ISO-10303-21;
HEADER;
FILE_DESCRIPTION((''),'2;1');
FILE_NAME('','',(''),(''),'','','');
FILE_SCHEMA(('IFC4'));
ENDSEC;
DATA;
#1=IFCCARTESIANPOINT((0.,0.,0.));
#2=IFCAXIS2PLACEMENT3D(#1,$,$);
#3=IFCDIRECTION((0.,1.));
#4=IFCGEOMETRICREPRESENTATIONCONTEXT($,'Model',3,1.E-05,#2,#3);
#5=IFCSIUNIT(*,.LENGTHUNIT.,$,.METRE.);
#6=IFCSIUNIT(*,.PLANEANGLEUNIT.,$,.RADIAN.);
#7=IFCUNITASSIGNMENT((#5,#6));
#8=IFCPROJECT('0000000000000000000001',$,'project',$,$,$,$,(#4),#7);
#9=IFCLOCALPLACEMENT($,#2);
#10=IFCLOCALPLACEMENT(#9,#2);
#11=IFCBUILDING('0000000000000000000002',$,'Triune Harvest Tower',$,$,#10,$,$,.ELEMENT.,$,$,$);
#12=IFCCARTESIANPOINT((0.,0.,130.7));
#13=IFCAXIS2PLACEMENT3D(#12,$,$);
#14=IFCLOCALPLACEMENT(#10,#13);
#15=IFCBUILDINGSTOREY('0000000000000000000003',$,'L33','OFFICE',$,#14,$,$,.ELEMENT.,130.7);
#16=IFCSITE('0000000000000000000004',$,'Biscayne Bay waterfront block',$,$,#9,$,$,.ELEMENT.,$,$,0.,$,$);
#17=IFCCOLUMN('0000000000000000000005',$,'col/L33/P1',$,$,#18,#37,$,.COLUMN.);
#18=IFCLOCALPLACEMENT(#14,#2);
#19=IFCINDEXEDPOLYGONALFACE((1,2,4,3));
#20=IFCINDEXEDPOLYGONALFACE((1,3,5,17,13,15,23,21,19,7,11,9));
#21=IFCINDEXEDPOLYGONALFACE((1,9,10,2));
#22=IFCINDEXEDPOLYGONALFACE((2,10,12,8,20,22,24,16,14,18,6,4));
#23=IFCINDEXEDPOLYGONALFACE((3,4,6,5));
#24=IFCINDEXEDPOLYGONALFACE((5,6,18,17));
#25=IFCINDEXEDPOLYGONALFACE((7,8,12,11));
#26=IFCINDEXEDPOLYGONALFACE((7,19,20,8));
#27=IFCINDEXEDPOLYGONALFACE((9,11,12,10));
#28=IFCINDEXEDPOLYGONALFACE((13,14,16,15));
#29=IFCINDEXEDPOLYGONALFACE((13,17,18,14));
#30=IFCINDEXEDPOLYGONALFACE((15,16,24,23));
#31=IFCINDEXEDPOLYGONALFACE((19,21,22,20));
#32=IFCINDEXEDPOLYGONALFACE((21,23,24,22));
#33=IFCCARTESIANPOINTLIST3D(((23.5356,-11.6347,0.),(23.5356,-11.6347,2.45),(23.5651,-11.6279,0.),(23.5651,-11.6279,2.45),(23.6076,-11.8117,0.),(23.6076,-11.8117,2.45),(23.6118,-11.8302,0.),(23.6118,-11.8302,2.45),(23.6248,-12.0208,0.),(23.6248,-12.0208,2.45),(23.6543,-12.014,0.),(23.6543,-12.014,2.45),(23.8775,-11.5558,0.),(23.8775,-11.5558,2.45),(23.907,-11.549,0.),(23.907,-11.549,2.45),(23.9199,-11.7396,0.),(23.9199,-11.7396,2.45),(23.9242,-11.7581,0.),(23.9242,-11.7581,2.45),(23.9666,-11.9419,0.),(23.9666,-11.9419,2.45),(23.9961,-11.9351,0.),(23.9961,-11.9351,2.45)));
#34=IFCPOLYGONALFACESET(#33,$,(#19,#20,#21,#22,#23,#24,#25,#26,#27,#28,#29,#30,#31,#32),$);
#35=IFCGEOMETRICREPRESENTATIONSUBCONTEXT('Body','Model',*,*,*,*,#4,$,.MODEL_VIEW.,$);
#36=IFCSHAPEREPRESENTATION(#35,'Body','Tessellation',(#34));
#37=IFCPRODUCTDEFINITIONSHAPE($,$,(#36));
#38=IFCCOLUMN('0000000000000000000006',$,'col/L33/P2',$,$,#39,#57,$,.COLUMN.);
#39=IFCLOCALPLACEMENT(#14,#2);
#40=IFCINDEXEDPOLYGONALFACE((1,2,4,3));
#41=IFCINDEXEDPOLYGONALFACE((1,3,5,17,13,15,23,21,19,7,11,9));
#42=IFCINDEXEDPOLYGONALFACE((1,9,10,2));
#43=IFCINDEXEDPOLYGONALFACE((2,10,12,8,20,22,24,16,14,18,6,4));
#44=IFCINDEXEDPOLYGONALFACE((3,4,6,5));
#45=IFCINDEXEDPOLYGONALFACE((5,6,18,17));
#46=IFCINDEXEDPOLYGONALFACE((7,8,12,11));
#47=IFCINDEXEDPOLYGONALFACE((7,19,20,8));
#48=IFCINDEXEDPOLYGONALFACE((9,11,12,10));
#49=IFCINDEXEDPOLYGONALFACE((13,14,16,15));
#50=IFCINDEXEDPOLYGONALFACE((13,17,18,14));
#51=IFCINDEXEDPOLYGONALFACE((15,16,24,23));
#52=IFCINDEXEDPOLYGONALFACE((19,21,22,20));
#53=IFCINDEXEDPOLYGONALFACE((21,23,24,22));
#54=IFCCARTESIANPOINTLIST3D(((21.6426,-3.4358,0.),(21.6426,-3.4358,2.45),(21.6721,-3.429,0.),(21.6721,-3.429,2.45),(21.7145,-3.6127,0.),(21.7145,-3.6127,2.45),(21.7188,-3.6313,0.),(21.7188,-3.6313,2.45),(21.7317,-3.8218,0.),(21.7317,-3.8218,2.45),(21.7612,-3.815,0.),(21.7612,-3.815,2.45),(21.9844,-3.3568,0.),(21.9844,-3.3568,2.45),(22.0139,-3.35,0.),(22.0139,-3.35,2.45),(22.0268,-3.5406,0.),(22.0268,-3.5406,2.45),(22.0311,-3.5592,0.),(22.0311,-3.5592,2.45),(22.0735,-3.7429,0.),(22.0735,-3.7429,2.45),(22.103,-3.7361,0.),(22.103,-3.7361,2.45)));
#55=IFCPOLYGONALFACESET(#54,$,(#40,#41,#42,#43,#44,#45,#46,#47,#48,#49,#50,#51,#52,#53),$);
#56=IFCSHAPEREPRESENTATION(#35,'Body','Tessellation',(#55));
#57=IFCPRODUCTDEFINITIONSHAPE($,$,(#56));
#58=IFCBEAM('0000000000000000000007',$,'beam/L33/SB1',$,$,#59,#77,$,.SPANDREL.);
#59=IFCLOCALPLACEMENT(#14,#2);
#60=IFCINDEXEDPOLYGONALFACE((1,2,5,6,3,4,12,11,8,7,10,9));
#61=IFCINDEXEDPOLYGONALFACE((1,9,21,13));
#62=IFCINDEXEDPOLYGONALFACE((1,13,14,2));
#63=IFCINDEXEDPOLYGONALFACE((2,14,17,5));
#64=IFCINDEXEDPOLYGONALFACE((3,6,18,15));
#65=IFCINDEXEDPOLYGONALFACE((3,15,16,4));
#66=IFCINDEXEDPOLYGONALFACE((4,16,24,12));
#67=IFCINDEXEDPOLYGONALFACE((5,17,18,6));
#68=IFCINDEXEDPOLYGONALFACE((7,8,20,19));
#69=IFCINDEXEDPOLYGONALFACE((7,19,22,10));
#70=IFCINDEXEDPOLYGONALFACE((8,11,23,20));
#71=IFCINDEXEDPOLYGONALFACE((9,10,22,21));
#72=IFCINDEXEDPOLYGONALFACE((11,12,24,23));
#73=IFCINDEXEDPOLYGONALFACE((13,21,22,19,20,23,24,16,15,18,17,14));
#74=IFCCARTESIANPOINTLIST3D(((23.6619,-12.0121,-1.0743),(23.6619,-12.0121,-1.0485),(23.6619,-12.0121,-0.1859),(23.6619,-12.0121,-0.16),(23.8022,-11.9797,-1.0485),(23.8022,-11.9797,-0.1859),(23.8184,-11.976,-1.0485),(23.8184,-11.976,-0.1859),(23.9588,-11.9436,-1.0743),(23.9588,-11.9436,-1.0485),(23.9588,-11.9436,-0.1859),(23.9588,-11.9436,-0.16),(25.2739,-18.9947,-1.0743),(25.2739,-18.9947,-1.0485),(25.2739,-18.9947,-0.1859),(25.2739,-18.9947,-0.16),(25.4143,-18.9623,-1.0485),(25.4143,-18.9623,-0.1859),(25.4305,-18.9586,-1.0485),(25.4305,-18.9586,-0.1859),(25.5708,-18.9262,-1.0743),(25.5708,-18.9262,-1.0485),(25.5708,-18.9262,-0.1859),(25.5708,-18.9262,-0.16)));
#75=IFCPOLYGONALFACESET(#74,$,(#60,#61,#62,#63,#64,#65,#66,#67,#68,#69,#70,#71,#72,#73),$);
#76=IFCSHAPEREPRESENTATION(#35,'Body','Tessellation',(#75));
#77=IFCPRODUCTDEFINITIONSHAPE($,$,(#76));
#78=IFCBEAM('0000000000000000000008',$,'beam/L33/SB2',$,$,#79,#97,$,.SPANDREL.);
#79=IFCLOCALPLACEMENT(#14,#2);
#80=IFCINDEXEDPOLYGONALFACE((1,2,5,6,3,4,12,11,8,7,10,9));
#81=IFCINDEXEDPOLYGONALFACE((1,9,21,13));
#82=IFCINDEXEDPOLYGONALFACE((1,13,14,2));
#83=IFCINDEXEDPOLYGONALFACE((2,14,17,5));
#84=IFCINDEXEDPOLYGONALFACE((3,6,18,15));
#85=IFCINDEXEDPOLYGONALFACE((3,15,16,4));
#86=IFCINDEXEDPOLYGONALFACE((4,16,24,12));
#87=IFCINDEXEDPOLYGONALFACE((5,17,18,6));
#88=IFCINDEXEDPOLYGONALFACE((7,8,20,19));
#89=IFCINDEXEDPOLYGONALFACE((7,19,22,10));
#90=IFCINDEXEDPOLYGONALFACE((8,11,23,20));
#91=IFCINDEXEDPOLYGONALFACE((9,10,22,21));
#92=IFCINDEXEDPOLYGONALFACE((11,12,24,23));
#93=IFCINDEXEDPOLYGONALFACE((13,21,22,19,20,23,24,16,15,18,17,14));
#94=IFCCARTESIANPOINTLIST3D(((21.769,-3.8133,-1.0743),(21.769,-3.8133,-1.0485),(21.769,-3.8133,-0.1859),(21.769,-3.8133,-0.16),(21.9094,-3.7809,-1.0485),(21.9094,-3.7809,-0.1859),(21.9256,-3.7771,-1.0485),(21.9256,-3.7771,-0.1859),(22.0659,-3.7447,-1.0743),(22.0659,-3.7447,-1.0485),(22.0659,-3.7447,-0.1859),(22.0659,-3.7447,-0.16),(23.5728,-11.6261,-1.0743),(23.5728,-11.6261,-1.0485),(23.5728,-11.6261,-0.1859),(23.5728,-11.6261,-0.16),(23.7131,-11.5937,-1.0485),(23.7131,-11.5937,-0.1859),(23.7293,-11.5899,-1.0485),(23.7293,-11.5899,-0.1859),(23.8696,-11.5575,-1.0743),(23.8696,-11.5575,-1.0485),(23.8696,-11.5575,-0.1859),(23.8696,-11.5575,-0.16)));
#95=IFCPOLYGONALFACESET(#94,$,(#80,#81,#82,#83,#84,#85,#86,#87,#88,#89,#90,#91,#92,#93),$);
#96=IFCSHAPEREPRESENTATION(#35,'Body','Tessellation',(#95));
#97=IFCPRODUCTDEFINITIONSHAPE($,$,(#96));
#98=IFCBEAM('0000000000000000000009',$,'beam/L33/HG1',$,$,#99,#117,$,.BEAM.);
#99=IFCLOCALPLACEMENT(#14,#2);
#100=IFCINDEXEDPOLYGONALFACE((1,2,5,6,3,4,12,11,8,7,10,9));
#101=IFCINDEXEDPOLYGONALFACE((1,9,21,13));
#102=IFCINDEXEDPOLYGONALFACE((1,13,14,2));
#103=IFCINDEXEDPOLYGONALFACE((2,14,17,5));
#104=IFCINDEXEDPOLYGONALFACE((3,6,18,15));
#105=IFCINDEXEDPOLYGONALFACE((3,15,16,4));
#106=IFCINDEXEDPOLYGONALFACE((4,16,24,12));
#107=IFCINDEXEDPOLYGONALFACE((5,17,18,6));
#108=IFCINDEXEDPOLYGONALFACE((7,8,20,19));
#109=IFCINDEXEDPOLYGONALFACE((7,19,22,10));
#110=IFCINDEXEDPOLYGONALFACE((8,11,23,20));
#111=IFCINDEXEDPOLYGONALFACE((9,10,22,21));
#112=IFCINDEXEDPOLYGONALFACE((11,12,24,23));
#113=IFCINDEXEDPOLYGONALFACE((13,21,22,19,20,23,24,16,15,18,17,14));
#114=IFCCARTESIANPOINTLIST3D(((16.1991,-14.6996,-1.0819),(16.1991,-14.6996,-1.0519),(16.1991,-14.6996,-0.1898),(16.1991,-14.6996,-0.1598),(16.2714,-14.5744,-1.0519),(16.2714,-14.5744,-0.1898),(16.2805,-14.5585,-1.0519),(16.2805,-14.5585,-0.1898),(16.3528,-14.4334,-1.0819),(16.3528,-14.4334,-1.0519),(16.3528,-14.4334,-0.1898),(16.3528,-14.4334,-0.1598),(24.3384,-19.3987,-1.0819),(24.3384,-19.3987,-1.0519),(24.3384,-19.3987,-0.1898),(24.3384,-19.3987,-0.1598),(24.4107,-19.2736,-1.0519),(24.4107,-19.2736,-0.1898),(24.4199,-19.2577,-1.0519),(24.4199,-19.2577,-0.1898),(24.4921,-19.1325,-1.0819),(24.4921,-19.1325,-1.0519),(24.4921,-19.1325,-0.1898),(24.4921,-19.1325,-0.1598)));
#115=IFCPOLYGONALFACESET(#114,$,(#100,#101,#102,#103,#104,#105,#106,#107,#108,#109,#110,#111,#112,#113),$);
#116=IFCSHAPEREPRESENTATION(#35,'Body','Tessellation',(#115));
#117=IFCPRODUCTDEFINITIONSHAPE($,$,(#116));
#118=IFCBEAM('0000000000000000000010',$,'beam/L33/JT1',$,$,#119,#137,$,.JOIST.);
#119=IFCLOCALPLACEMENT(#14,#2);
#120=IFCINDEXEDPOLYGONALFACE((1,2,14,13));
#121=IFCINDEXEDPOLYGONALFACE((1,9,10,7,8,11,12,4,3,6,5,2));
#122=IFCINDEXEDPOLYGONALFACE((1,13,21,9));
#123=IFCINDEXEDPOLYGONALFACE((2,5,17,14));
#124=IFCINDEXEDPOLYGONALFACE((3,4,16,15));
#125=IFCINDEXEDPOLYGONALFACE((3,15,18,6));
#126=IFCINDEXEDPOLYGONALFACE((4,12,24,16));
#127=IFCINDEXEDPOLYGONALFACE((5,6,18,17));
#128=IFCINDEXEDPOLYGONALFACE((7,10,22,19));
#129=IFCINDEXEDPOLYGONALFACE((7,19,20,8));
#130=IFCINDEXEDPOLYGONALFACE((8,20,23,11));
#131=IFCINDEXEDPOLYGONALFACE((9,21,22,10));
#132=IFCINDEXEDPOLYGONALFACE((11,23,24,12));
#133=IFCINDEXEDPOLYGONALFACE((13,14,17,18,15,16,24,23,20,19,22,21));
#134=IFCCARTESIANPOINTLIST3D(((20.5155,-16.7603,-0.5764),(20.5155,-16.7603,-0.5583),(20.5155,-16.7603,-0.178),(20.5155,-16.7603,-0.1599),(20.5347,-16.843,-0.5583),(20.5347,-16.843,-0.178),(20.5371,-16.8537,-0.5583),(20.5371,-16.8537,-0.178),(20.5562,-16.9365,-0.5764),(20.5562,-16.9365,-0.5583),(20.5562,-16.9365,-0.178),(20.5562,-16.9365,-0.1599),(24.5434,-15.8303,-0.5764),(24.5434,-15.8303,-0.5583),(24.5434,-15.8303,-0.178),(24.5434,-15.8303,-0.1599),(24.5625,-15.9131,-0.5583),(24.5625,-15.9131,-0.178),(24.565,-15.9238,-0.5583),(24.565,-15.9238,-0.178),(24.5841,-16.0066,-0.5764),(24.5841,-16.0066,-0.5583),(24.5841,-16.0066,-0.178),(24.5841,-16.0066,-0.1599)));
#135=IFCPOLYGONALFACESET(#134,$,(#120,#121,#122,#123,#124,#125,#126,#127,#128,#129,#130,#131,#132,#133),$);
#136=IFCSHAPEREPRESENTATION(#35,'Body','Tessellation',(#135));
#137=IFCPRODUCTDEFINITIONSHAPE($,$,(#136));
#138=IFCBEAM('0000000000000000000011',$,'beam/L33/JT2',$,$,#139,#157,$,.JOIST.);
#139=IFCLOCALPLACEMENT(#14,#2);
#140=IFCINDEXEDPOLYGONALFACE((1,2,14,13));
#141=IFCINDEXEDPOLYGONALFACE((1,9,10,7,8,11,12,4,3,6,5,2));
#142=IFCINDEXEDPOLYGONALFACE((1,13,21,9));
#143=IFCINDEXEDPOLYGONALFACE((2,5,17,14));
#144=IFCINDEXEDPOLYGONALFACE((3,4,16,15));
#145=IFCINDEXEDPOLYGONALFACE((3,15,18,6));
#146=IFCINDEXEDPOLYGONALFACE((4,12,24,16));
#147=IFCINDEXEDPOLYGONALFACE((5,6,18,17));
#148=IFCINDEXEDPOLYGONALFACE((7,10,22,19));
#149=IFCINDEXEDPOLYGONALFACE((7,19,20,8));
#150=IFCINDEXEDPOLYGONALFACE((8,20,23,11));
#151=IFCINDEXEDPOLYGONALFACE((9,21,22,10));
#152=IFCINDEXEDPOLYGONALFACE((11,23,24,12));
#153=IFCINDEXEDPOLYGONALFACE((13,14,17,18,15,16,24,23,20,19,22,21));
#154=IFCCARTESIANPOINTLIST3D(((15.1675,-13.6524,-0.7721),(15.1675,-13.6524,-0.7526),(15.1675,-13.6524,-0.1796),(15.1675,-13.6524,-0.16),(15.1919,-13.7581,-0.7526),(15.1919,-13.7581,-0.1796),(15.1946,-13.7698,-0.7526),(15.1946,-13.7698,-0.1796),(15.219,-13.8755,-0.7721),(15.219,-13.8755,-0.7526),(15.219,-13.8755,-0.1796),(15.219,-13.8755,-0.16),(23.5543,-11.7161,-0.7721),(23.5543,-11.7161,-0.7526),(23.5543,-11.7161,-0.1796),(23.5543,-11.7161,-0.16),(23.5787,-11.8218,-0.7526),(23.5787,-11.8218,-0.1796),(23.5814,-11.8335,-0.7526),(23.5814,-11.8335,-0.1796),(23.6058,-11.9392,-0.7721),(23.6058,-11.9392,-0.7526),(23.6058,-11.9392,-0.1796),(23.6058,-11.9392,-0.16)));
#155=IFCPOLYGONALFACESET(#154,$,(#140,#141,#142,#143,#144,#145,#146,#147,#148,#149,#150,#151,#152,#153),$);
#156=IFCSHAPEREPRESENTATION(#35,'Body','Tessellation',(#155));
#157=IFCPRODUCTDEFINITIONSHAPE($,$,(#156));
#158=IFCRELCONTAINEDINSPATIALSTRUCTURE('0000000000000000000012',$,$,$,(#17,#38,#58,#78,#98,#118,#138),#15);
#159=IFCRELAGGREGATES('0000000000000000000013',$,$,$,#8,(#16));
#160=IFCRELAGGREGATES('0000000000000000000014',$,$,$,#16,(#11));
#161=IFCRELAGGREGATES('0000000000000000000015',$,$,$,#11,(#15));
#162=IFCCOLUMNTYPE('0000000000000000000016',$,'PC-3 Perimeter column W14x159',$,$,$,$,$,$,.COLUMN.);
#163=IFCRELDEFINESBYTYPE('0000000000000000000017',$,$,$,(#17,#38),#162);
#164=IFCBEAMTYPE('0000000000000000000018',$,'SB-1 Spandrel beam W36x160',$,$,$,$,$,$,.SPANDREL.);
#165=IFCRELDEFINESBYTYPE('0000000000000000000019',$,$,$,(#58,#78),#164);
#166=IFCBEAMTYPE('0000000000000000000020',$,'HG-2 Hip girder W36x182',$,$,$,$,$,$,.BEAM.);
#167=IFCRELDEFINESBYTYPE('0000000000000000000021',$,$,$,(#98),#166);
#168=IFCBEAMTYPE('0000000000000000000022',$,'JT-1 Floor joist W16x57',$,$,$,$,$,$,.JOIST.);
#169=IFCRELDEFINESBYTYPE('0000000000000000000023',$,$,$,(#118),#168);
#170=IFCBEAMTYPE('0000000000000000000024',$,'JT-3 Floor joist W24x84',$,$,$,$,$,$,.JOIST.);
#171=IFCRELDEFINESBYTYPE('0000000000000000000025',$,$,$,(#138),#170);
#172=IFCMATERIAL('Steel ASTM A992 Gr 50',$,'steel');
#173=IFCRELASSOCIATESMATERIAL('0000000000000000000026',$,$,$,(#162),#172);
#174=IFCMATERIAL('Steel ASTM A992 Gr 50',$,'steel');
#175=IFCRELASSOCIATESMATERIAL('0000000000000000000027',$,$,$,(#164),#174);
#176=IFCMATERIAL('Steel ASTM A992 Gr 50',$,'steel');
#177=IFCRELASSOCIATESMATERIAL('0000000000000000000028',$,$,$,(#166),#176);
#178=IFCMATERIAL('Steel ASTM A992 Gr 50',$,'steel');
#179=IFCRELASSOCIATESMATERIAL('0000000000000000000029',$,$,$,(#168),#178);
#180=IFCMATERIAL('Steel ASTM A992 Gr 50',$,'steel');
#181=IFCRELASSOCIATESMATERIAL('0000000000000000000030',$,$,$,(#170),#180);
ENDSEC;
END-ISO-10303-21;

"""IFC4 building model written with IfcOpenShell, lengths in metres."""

from ifc_helpers import new_model, si_unit, direction, frame, origin, origin_2d, place, context, subcontext, project, spatial, i_section, extrude, source, transform, mapped, material, material_profile, profile_set, type_object, element, save


model = new_model("IFC4")

# Units and contexts
model_context = context("Model", 3, precision=1e-05, world=origin(), true_north=direction((0.0, 1.0)))
body_context = subcontext(model_context, "Body", "Model", "MODEL_VIEW")
ifc_project = project(units=[si_unit("LENGTHUNIT", "METRE"), si_unit("PLANEANGLEUNIT", "RADIAN")], contexts=[model_context])

# Site, building, storey
site_placement = place(None, origin())
site = spatial("IfcSite", under=ifc_project, at=site_placement, Name="Biscayne Bay waterfront block", CompositionType="ELEMENT", RefElevation=0.0)
building_placement = place(site_placement, origin())
building = spatial("IfcBuilding", under=site, at=building_placement, Name="Triune Harvest Tower", CompositionType="ELEMENT")
storey_placement = place(building_placement, frame((0.0, 0.0, 130.7)))
storey = spatial("IfcBuildingStorey", under=building, at=storey_placement, Name="L33", Description="OFFICE", CompositionType="ELEMENT", Elevation=130.7)

# Columns
ifc_material_1 = material(Name="Steel ASTM A992 Gr 50", Category="steel")
ifc_material_profile_1 = material_profile(ifc_material_1, i_section(OverallWidth=0.3962, OverallDepth=0.3811, WebThickness=0.019, FlangeThickness=0.0303, at=origin_2d()), Name="W14x159")
ifc_profile_set_1 = profile_set([ifc_material_profile_1], Name="Steel ASTM A992 Gr 50")
column_type = type_object("IfcColumnType", Name="PC-3 Perimeter column W14x159", PredefinedType="COLUMN", material=ifc_profile_set_1)
shared_shape_1 = source(origin(), body_context, "Body", "SweptSolid", [
    extrude(i_section(OverallWidth=0.3962, OverallDepth=0.3811, WebThickness=0.019, FlangeThickness=0.0303, at=origin_2d()), origin(), (0.0, 0.0, 1.0), 2.45),
])
for number, where, z_axis, x_axis, name in (
    (1, (23.7659, -11.7849, 0.0), (0.0, 0.0, 1.0), (-0.224953, 0.97437, 0.0), "col/L33/P1"),
    (2, (21.8728, -3.5859, 0.0), (0.0, 0.0, 1.0), (-0.224953, 0.97437, 0.0), "col/L33/P2"),
):
    element("IfcColumn", number, at=place(storey_placement, frame(where, z_axis=z_axis, x_axis=x_axis)), inside=storey, type_object=column_type, Name=name, PredefinedType="COLUMN", context=body_context, shape_type="MappedRepresentation", body=[
        mapped(shared_shape_1, transform((0.0, 0.0, 0.0), scale=1.0)),
    ])

# Beams
ifc_material_2 = material(Name="Steel ASTM A992 Gr 50", Category="steel")
ifc_material_profile_2 = material_profile(ifc_material_2, i_section(OverallWidth=0.3047, OverallDepth=0.9143, WebThickness=0.0166, FlangeThickness=0.0259, at=origin_2d()), Name="W36x160")
ifc_profile_set_2 = profile_set([ifc_material_profile_2], Name="Steel ASTM A992 Gr 50")
beam_type_1 = type_object("IfcBeamType", Name="SB-1 Spandrel beam W36x160", PredefinedType="SPANDREL", material=ifc_profile_set_2)
shared_shape_2 = source(origin(), body_context, "Body", "SweptSolid", [
    extrude(i_section(OverallWidth=0.3047, OverallDepth=0.9143, WebThickness=0.0166, FlangeThickness=0.0259, at=origin_2d()), origin(), (0.0, 0.0, 1.0), 7.1663),
])
beam_1_placement = place(storey_placement, frame((25.4224, -18.9604, -0.6172), z_axis=(-0.224949, 0.974371, 0.0), x_axis=(-0.974371, -0.224949, 0.0)))
element("IfcBeam", 3, at=beam_1_placement, inside=storey, type_object=beam_type_1, Name="beam/L33/SB1", PredefinedType="SPANDREL", context=body_context, shape_type="MappedRepresentation", body=[
    mapped(shared_shape_2, transform((0.0, 0.0, 0.0), scale=1.0)),
])
shared_shape_3 = source(origin(), body_context, "Body", "SweptSolid", [
    extrude(i_section(OverallWidth=0.3047, OverallDepth=0.9143, WebThickness=0.0166, FlangeThickness=0.0259, at=origin_2d()), origin(), (0.0, 0.0, 1.0), 8.0183),
])
beam_2_placement = place(storey_placement, frame((23.7212, -11.5918, -0.6172), z_axis=(-0.224951, 0.97437, 0.0), x_axis=(-0.97437, -0.224951, 0.0)))
element("IfcBeam", 4, at=beam_2_placement, inside=storey, type_object=beam_type_1, Name="beam/L33/SB2", PredefinedType="SPANDREL", context=body_context, shape_type="MappedRepresentation", body=[
    mapped(shared_shape_3, transform((0.0, 0.0, 0.0), scale=1.0)),
])
ifc_material_3 = material(Name="Steel ASTM A992 Gr 50", Category="steel")
ifc_material_profile_3 = material_profile(ifc_material_3, i_section(OverallWidth=0.3074, OverallDepth=0.9221, WebThickness=0.0183, FlangeThickness=0.03, at=origin_2d()), Name="W36x182")
ifc_profile_set_3 = profile_set([ifc_material_profile_3], Name="Steel ASTM A992 Gr 50")
beam_type_2 = type_object("IfcBeamType", Name="HG-2 Hip girder W36x182", PredefinedType="BEAM", material=ifc_profile_set_3)
shared_shape_4 = source(origin(), body_context, "Body", "SweptSolid", [
    extrude(i_section(OverallWidth=0.3074, OverallDepth=0.9221, WebThickness=0.0183, FlangeThickness=0.03, at=origin_2d()), origin(), (0.0, 0.0, 1.0), 9.3984),
])
beam_3_placement = place(storey_placement, frame((24.4153, -19.2656, -0.6208), z_axis=(-0.866029, 0.499995, 0.0), x_axis=(-0.499995, -0.866029, 0.0)))
element("IfcBeam", 5, at=beam_3_placement, inside=storey, type_object=beam_type_2, Name="beam/L33/HG1", PredefinedType="BEAM", context=body_context, shape_type="MappedRepresentation", body=[
    mapped(shared_shape_4, transform((0.0, 0.0, 0.0), scale=1.0)),
])
ifc_material_4 = material(Name="Steel ASTM A992 Gr 50", Category="steel")
ifc_material_profile_4 = material_profile(ifc_material_4, i_section(OverallWidth=0.1809, OverallDepth=0.4165, WebThickness=0.011, FlangeThickness=0.0181, at=origin_2d()), Name="W16x57")
ifc_profile_set_4 = profile_set([ifc_material_profile_4], Name="Steel ASTM A992 Gr 50")
beam_type_3 = type_object("IfcBeamType", Name="JT-1 Floor joist W16x57", PredefinedType="JOIST", material=ifc_profile_set_4)
shared_shape_5 = source(origin(), body_context, "Body", "SweptSolid", [
    extrude(i_section(OverallWidth=0.1809, OverallDepth=0.4165, WebThickness=0.011, FlangeThickness=0.0181, at=origin_2d()), origin(), (0.0, 0.0, 1.0), 4.1338),
])
beam_4_placement = place(storey_placement, frame((24.5637, -15.9185, -0.3682), z_axis=(-0.974368, -0.224959, 0.0), x_axis=(0.224959, -0.974368, 0.0)))
element("IfcBeam", 6, at=beam_4_placement, inside=storey, type_object=beam_type_3, Name="beam/L33/JT1", PredefinedType="JOIST", context=body_context, shape_type="MappedRepresentation", body=[
    mapped(shared_shape_5, transform((0.0, 0.0, 0.0), scale=1.0)),
])
ifc_material_5 = material(Name="Steel ASTM A992 Gr 50", Category="steel")
ifc_material_profile_5 = material_profile(ifc_material_5, i_section(OverallWidth=0.229, OverallDepth=0.6121, WebThickness=0.012, FlangeThickness=0.0195, at=origin_2d()), Name="W24x84")
ifc_profile_set_5 = profile_set([ifc_material_profile_5], Name="Steel ASTM A992 Gr 50")
beam_type_4 = type_object("IfcBeamType", Name="JT-3 Floor joist W24x84", PredefinedType="JOIST", material=ifc_profile_set_5)
shared_shape_6 = source(origin(), body_context, "Body", "SweptSolid", [
    extrude(i_section(OverallWidth=0.229, OverallDepth=0.6121, WebThickness=0.012, FlangeThickness=0.0195, at=origin_2d()), origin(), (0.0, 0.0, 1.0), 8.6074),
])
beam_5_placement = place(storey_placement, frame((23.5801, -11.8276, -0.4661), z_axis=(-0.974369, -0.224957, 0.0), x_axis=(0.224957, -0.974369, 0.0)))
element("IfcBeam", 7, at=beam_5_placement, inside=storey, type_object=beam_type_4, Name="beam/L33/JT2", PredefinedType="JOIST", context=body_context, shape_type="MappedRepresentation", body=[
    mapped(shared_shape_6, transform((0.0, 0.0, 0.0), scale=1.0)),
])

save(model, "model.ifc")
